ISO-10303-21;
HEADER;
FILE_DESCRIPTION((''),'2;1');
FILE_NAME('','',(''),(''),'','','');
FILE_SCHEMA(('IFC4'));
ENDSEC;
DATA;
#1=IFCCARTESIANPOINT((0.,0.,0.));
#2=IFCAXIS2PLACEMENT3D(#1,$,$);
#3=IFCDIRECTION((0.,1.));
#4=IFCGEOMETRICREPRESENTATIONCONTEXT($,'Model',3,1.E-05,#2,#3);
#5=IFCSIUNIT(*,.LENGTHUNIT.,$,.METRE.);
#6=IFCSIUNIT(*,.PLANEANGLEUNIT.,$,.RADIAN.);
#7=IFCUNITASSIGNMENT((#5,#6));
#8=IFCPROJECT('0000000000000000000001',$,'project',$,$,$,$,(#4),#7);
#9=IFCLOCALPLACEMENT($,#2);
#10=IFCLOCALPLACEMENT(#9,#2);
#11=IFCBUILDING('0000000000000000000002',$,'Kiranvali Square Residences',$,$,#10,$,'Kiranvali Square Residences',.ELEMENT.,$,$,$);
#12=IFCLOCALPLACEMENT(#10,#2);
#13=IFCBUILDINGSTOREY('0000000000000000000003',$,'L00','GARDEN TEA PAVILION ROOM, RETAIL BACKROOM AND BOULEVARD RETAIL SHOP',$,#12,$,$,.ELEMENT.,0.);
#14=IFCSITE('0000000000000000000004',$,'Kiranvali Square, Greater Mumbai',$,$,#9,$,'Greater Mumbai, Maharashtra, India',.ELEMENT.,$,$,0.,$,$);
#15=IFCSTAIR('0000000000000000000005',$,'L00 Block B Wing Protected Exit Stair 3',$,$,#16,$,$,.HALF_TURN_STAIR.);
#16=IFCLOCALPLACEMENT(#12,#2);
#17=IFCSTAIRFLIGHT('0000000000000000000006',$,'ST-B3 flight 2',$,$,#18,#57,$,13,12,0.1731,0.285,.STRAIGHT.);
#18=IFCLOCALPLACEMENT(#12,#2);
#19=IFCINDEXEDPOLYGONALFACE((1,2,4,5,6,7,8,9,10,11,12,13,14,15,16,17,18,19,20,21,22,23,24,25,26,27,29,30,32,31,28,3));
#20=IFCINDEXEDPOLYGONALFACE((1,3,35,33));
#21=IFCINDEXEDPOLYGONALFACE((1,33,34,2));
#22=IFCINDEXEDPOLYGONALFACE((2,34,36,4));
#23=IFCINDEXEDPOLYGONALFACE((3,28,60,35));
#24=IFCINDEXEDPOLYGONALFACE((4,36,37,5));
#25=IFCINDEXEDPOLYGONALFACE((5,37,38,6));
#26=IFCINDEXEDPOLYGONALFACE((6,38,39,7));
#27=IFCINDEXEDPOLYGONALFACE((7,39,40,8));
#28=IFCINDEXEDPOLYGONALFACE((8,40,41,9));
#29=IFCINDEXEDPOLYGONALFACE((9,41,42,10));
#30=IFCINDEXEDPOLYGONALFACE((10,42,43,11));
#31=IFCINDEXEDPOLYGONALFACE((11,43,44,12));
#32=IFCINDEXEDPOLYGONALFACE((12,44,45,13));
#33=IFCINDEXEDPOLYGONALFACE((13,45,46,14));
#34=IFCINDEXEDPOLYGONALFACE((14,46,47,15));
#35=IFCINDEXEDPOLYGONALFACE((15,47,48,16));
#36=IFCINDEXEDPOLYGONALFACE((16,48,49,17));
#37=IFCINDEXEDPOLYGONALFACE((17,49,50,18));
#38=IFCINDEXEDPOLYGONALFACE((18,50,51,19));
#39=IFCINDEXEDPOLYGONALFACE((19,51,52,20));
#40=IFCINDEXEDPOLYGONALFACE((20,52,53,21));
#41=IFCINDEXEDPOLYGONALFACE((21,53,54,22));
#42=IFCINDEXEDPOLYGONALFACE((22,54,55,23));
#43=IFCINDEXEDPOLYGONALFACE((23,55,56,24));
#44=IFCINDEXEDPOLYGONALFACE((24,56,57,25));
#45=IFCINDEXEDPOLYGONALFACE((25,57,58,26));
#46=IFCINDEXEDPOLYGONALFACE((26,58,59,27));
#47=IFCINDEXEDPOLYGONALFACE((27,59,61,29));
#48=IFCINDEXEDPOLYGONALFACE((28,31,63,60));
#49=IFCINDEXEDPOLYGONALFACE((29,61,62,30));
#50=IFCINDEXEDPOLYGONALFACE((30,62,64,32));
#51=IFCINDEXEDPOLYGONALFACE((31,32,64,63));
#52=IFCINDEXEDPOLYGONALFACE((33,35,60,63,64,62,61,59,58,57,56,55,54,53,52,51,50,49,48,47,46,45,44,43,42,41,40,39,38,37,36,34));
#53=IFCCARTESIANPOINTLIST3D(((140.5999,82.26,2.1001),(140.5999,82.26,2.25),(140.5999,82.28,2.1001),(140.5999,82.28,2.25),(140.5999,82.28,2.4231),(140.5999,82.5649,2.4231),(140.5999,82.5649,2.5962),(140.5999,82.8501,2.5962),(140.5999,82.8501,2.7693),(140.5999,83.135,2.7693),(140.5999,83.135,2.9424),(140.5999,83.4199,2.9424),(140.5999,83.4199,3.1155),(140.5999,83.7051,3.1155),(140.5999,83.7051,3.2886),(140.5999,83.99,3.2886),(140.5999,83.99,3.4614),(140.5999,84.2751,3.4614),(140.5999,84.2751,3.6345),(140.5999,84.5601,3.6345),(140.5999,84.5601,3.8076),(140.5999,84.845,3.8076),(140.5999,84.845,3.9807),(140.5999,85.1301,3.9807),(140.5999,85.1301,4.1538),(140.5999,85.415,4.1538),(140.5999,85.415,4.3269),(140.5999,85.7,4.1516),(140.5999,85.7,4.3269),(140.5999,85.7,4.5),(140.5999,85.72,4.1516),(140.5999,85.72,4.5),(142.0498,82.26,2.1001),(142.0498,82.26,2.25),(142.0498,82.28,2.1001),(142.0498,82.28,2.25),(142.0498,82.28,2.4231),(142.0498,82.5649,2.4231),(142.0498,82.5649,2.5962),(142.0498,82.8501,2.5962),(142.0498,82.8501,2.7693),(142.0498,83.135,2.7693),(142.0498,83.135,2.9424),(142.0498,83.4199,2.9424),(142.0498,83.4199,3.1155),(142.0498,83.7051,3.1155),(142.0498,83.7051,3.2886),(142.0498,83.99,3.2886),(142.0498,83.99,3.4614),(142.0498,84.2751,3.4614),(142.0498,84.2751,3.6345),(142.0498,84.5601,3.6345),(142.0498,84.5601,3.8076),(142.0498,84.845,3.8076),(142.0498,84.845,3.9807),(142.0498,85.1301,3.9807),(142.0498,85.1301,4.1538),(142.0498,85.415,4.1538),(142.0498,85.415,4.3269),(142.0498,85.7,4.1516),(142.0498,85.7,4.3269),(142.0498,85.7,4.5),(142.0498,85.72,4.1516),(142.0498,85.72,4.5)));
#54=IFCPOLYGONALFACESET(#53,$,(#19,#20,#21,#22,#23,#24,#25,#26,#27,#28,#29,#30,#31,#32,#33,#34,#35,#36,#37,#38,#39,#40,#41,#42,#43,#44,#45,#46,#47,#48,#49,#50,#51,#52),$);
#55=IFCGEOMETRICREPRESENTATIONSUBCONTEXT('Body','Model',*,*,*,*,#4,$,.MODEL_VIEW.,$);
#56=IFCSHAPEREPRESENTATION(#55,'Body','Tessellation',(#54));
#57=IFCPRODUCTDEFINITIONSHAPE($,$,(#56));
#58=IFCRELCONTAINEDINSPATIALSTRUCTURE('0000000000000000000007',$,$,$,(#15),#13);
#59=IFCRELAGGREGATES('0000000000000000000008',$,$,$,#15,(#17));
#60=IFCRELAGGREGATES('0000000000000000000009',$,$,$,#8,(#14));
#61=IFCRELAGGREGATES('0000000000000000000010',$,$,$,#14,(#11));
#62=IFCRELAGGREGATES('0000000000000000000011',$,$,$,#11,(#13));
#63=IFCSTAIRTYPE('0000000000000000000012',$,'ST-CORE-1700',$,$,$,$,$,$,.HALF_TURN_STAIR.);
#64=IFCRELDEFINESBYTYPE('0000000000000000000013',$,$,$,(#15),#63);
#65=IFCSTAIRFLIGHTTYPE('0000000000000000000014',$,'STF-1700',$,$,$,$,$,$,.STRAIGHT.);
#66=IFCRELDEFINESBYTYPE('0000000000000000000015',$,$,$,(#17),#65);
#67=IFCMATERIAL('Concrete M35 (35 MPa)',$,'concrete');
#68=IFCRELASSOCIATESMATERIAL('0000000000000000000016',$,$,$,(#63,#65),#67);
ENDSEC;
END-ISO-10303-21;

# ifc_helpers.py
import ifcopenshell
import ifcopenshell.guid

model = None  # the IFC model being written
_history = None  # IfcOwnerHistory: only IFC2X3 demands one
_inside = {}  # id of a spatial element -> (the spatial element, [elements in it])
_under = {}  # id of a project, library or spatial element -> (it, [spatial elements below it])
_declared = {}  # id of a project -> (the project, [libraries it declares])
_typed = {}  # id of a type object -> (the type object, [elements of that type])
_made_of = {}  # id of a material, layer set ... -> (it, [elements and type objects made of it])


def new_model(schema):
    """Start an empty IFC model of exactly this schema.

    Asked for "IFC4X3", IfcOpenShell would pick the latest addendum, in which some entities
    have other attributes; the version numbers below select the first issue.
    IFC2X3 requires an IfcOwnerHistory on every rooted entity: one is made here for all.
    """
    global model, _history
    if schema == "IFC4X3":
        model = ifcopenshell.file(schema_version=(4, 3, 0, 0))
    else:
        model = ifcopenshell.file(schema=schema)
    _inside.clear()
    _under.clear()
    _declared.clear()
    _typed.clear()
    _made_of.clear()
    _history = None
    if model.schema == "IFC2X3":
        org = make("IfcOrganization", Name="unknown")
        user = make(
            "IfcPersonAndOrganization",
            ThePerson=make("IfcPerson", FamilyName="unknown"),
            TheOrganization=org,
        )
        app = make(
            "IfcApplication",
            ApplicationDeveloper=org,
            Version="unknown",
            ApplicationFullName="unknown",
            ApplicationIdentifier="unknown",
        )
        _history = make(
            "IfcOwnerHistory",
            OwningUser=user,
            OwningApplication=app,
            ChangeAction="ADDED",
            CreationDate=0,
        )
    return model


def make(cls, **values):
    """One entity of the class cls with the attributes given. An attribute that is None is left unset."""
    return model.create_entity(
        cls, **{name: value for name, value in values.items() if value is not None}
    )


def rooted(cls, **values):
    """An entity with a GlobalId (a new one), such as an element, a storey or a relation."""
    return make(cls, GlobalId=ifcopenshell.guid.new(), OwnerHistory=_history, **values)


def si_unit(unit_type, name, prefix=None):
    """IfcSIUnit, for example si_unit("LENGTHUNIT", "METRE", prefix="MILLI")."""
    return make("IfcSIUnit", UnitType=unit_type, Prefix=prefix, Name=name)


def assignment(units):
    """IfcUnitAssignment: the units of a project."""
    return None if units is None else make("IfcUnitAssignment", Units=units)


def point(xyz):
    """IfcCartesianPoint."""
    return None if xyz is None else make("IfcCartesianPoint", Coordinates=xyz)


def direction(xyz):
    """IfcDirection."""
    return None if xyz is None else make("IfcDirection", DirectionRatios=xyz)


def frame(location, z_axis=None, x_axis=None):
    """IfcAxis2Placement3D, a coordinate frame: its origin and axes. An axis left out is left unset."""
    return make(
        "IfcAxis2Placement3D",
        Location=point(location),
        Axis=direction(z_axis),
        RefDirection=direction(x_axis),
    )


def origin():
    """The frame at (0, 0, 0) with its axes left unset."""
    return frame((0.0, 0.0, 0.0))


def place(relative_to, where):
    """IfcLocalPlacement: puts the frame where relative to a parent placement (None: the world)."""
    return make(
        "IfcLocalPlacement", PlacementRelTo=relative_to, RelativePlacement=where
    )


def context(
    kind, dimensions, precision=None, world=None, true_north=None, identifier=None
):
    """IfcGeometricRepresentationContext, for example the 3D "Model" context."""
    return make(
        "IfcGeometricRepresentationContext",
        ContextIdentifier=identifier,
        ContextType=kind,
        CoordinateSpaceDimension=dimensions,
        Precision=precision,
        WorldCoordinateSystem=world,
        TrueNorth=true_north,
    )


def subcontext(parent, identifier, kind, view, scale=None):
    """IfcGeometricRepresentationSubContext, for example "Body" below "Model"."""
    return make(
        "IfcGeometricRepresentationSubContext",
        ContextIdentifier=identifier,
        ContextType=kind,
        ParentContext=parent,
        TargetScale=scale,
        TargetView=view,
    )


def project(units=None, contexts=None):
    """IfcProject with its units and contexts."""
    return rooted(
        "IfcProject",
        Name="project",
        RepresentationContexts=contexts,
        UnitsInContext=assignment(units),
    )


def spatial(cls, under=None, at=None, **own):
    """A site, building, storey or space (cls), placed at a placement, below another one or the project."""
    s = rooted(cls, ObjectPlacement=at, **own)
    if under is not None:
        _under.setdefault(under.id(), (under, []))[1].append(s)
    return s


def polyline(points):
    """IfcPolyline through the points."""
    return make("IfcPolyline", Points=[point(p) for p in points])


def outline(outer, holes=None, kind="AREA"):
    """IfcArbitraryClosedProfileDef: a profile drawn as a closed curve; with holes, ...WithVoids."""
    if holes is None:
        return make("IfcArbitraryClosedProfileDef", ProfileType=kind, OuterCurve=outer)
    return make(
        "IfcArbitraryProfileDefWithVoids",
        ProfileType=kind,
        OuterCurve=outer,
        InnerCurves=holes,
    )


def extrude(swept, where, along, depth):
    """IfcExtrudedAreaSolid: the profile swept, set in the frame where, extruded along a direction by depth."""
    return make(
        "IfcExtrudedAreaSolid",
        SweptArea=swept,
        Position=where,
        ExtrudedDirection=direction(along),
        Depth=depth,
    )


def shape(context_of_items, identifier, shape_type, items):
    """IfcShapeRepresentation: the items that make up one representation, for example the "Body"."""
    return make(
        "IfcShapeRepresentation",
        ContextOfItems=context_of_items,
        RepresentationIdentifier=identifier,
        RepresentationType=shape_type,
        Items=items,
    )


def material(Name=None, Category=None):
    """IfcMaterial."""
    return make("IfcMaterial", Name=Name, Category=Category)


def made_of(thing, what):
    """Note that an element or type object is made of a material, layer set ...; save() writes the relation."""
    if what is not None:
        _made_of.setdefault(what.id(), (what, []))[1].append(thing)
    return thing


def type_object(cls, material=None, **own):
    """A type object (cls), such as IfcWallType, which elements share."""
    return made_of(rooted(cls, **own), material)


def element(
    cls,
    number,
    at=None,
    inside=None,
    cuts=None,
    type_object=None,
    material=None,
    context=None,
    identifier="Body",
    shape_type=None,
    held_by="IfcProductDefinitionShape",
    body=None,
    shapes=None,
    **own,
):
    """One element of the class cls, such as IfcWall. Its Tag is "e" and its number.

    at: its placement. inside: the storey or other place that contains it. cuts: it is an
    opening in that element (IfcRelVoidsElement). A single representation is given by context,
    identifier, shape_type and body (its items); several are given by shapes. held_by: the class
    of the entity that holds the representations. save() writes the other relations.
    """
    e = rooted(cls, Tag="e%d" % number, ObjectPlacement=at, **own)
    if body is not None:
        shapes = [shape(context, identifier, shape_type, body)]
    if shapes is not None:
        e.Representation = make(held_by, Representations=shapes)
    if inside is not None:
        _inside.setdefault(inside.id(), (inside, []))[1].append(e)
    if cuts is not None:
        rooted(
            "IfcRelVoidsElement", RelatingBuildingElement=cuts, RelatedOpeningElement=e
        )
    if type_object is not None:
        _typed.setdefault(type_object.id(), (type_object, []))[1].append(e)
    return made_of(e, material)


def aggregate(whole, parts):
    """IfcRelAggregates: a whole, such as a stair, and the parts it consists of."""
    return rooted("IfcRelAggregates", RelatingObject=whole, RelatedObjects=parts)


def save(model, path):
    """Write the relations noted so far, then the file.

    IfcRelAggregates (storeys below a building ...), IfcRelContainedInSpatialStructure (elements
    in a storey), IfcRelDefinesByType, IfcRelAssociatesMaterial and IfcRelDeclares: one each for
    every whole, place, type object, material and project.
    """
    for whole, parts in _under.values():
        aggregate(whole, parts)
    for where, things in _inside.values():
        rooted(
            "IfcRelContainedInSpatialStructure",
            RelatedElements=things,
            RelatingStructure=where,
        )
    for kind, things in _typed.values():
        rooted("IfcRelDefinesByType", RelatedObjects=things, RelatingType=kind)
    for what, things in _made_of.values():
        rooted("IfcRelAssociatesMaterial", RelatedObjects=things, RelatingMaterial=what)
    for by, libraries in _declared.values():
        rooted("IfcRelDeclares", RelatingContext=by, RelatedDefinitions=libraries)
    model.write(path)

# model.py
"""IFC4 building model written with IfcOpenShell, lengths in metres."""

from ifc_helpers import new_model, si_unit, direction, frame, origin, place, context, subcontext, project, spatial, polyline, outline, extrude, material, type_object, element, aggregate, save


model = new_model("IFC4")

# Units and contexts
model_context = context("Model", 3, precision=1e-05, world=origin(), true_north=direction((0.0, 1.0)))
body_context = subcontext(model_context, "Body", "Model", "MODEL_VIEW")
ifc_project = project(units=[si_unit("LENGTHUNIT", "METRE"), si_unit("PLANEANGLEUNIT", "RADIAN")], contexts=[model_context])

# Site, building, storey
site_placement = place(None, origin())
site = spatial("IfcSite", under=ifc_project, at=site_placement, Name="Kiranvali Square, Greater Mumbai", LongName="Greater Mumbai, Maharashtra, India", CompositionType="ELEMENT", RefElevation=0.0)
building_placement = place(site_placement, origin())
building = spatial("IfcBuilding", under=site, at=building_placement, Name="Kiranvali Square Residences", LongName="Kiranvali Square Residences", CompositionType="ELEMENT")
storey_placement = place(building_placement, origin())
storey = spatial("IfcBuildingStorey", under=building, at=storey_placement, Name="L00", Description="GARDEN TEA PAVILION ROOM, RETAIL BACKROOM AND BOULEVARD RETAIL SHOP", CompositionType="ELEMENT", Elevation=0.0)

# Stair, stair flight
ifc_material_1 = material(Name="Concrete M35 (35 MPa)", Category="concrete")
stair_type = type_object("IfcStairType", Name="ST-CORE-1700", PredefinedType="HALF_TURN_STAIR", material=ifc_material_1)
stair_placement = place(storey_placement, origin())
stair = element("IfcStair", 1, at=stair_placement, inside=storey, type_object=stair_type, Name="L00 Block B Wing Protected Exit Stair 3", PredefinedType="HALF_TURN_STAIR")
stair_flight_type = type_object("IfcStairFlightType", Name="STF-1700", PredefinedType="STRAIGHT", material=ifc_material_1)
stair_flight_1_placement = place(storey_placement, frame((141.325, 82.28, 2.25), z_axis=(0.0, 0.0, 1.0), x_axis=(0.0, 1.0, 0.0)))
stair_flight_1 = element("IfcStairFlight", 2, at=stair_flight_1_placement, type_object=stair_flight_type, Name="ST-B3 flight 2", NumberOfRisers=13, NumberOfTreads=12, PredefinedType="STRAIGHT", RiserHeight=0.1731, TreadLength=0.285, context=body_context, shape_type="SweptSolid", body=[
    extrude(outline(polyline([(-0.02, -0.1499), (-0.02, 0.0), (0.0, 0.0), (0.0, 0.1731), (0.2849, 0.1731), (0.2849, 0.3462), (0.5701, 0.3462), (0.5701, 0.5193), (0.855, 0.5193), (0.855, 0.6924), (1.1399, 0.6924), (1.1399, 0.8655), (1.425, 0.8655), (1.425, 1.0386), (1.71, 1.0386), (1.71, 1.2114), (1.9951, 1.2114), (1.9951, 1.3845), (2.28, 1.3845), (2.28, 1.5576), (2.5649, 1.5576), (2.5649, 1.7307), (2.8501, 1.7307), (2.8501, 1.9038), (3.135, 1.9038), (3.135, 2.0769), (3.4199, 2.0769), (3.4199, 2.25), (3.4399, 2.25), (3.4399, 1.9016), (3.4199, 1.9016), (0.0, -0.1499), (-0.02, -0.1499)])), frame((0.0, 0.7251, 0.0), z_axis=(0.0, -1.0, 0.0), x_axis=(1.0, 0.0, 0.0)), (0.0, 0.0, 1.0), 1.45),
])
aggregate(stair, [stair_flight_1])

save(model, "model.ifc")
